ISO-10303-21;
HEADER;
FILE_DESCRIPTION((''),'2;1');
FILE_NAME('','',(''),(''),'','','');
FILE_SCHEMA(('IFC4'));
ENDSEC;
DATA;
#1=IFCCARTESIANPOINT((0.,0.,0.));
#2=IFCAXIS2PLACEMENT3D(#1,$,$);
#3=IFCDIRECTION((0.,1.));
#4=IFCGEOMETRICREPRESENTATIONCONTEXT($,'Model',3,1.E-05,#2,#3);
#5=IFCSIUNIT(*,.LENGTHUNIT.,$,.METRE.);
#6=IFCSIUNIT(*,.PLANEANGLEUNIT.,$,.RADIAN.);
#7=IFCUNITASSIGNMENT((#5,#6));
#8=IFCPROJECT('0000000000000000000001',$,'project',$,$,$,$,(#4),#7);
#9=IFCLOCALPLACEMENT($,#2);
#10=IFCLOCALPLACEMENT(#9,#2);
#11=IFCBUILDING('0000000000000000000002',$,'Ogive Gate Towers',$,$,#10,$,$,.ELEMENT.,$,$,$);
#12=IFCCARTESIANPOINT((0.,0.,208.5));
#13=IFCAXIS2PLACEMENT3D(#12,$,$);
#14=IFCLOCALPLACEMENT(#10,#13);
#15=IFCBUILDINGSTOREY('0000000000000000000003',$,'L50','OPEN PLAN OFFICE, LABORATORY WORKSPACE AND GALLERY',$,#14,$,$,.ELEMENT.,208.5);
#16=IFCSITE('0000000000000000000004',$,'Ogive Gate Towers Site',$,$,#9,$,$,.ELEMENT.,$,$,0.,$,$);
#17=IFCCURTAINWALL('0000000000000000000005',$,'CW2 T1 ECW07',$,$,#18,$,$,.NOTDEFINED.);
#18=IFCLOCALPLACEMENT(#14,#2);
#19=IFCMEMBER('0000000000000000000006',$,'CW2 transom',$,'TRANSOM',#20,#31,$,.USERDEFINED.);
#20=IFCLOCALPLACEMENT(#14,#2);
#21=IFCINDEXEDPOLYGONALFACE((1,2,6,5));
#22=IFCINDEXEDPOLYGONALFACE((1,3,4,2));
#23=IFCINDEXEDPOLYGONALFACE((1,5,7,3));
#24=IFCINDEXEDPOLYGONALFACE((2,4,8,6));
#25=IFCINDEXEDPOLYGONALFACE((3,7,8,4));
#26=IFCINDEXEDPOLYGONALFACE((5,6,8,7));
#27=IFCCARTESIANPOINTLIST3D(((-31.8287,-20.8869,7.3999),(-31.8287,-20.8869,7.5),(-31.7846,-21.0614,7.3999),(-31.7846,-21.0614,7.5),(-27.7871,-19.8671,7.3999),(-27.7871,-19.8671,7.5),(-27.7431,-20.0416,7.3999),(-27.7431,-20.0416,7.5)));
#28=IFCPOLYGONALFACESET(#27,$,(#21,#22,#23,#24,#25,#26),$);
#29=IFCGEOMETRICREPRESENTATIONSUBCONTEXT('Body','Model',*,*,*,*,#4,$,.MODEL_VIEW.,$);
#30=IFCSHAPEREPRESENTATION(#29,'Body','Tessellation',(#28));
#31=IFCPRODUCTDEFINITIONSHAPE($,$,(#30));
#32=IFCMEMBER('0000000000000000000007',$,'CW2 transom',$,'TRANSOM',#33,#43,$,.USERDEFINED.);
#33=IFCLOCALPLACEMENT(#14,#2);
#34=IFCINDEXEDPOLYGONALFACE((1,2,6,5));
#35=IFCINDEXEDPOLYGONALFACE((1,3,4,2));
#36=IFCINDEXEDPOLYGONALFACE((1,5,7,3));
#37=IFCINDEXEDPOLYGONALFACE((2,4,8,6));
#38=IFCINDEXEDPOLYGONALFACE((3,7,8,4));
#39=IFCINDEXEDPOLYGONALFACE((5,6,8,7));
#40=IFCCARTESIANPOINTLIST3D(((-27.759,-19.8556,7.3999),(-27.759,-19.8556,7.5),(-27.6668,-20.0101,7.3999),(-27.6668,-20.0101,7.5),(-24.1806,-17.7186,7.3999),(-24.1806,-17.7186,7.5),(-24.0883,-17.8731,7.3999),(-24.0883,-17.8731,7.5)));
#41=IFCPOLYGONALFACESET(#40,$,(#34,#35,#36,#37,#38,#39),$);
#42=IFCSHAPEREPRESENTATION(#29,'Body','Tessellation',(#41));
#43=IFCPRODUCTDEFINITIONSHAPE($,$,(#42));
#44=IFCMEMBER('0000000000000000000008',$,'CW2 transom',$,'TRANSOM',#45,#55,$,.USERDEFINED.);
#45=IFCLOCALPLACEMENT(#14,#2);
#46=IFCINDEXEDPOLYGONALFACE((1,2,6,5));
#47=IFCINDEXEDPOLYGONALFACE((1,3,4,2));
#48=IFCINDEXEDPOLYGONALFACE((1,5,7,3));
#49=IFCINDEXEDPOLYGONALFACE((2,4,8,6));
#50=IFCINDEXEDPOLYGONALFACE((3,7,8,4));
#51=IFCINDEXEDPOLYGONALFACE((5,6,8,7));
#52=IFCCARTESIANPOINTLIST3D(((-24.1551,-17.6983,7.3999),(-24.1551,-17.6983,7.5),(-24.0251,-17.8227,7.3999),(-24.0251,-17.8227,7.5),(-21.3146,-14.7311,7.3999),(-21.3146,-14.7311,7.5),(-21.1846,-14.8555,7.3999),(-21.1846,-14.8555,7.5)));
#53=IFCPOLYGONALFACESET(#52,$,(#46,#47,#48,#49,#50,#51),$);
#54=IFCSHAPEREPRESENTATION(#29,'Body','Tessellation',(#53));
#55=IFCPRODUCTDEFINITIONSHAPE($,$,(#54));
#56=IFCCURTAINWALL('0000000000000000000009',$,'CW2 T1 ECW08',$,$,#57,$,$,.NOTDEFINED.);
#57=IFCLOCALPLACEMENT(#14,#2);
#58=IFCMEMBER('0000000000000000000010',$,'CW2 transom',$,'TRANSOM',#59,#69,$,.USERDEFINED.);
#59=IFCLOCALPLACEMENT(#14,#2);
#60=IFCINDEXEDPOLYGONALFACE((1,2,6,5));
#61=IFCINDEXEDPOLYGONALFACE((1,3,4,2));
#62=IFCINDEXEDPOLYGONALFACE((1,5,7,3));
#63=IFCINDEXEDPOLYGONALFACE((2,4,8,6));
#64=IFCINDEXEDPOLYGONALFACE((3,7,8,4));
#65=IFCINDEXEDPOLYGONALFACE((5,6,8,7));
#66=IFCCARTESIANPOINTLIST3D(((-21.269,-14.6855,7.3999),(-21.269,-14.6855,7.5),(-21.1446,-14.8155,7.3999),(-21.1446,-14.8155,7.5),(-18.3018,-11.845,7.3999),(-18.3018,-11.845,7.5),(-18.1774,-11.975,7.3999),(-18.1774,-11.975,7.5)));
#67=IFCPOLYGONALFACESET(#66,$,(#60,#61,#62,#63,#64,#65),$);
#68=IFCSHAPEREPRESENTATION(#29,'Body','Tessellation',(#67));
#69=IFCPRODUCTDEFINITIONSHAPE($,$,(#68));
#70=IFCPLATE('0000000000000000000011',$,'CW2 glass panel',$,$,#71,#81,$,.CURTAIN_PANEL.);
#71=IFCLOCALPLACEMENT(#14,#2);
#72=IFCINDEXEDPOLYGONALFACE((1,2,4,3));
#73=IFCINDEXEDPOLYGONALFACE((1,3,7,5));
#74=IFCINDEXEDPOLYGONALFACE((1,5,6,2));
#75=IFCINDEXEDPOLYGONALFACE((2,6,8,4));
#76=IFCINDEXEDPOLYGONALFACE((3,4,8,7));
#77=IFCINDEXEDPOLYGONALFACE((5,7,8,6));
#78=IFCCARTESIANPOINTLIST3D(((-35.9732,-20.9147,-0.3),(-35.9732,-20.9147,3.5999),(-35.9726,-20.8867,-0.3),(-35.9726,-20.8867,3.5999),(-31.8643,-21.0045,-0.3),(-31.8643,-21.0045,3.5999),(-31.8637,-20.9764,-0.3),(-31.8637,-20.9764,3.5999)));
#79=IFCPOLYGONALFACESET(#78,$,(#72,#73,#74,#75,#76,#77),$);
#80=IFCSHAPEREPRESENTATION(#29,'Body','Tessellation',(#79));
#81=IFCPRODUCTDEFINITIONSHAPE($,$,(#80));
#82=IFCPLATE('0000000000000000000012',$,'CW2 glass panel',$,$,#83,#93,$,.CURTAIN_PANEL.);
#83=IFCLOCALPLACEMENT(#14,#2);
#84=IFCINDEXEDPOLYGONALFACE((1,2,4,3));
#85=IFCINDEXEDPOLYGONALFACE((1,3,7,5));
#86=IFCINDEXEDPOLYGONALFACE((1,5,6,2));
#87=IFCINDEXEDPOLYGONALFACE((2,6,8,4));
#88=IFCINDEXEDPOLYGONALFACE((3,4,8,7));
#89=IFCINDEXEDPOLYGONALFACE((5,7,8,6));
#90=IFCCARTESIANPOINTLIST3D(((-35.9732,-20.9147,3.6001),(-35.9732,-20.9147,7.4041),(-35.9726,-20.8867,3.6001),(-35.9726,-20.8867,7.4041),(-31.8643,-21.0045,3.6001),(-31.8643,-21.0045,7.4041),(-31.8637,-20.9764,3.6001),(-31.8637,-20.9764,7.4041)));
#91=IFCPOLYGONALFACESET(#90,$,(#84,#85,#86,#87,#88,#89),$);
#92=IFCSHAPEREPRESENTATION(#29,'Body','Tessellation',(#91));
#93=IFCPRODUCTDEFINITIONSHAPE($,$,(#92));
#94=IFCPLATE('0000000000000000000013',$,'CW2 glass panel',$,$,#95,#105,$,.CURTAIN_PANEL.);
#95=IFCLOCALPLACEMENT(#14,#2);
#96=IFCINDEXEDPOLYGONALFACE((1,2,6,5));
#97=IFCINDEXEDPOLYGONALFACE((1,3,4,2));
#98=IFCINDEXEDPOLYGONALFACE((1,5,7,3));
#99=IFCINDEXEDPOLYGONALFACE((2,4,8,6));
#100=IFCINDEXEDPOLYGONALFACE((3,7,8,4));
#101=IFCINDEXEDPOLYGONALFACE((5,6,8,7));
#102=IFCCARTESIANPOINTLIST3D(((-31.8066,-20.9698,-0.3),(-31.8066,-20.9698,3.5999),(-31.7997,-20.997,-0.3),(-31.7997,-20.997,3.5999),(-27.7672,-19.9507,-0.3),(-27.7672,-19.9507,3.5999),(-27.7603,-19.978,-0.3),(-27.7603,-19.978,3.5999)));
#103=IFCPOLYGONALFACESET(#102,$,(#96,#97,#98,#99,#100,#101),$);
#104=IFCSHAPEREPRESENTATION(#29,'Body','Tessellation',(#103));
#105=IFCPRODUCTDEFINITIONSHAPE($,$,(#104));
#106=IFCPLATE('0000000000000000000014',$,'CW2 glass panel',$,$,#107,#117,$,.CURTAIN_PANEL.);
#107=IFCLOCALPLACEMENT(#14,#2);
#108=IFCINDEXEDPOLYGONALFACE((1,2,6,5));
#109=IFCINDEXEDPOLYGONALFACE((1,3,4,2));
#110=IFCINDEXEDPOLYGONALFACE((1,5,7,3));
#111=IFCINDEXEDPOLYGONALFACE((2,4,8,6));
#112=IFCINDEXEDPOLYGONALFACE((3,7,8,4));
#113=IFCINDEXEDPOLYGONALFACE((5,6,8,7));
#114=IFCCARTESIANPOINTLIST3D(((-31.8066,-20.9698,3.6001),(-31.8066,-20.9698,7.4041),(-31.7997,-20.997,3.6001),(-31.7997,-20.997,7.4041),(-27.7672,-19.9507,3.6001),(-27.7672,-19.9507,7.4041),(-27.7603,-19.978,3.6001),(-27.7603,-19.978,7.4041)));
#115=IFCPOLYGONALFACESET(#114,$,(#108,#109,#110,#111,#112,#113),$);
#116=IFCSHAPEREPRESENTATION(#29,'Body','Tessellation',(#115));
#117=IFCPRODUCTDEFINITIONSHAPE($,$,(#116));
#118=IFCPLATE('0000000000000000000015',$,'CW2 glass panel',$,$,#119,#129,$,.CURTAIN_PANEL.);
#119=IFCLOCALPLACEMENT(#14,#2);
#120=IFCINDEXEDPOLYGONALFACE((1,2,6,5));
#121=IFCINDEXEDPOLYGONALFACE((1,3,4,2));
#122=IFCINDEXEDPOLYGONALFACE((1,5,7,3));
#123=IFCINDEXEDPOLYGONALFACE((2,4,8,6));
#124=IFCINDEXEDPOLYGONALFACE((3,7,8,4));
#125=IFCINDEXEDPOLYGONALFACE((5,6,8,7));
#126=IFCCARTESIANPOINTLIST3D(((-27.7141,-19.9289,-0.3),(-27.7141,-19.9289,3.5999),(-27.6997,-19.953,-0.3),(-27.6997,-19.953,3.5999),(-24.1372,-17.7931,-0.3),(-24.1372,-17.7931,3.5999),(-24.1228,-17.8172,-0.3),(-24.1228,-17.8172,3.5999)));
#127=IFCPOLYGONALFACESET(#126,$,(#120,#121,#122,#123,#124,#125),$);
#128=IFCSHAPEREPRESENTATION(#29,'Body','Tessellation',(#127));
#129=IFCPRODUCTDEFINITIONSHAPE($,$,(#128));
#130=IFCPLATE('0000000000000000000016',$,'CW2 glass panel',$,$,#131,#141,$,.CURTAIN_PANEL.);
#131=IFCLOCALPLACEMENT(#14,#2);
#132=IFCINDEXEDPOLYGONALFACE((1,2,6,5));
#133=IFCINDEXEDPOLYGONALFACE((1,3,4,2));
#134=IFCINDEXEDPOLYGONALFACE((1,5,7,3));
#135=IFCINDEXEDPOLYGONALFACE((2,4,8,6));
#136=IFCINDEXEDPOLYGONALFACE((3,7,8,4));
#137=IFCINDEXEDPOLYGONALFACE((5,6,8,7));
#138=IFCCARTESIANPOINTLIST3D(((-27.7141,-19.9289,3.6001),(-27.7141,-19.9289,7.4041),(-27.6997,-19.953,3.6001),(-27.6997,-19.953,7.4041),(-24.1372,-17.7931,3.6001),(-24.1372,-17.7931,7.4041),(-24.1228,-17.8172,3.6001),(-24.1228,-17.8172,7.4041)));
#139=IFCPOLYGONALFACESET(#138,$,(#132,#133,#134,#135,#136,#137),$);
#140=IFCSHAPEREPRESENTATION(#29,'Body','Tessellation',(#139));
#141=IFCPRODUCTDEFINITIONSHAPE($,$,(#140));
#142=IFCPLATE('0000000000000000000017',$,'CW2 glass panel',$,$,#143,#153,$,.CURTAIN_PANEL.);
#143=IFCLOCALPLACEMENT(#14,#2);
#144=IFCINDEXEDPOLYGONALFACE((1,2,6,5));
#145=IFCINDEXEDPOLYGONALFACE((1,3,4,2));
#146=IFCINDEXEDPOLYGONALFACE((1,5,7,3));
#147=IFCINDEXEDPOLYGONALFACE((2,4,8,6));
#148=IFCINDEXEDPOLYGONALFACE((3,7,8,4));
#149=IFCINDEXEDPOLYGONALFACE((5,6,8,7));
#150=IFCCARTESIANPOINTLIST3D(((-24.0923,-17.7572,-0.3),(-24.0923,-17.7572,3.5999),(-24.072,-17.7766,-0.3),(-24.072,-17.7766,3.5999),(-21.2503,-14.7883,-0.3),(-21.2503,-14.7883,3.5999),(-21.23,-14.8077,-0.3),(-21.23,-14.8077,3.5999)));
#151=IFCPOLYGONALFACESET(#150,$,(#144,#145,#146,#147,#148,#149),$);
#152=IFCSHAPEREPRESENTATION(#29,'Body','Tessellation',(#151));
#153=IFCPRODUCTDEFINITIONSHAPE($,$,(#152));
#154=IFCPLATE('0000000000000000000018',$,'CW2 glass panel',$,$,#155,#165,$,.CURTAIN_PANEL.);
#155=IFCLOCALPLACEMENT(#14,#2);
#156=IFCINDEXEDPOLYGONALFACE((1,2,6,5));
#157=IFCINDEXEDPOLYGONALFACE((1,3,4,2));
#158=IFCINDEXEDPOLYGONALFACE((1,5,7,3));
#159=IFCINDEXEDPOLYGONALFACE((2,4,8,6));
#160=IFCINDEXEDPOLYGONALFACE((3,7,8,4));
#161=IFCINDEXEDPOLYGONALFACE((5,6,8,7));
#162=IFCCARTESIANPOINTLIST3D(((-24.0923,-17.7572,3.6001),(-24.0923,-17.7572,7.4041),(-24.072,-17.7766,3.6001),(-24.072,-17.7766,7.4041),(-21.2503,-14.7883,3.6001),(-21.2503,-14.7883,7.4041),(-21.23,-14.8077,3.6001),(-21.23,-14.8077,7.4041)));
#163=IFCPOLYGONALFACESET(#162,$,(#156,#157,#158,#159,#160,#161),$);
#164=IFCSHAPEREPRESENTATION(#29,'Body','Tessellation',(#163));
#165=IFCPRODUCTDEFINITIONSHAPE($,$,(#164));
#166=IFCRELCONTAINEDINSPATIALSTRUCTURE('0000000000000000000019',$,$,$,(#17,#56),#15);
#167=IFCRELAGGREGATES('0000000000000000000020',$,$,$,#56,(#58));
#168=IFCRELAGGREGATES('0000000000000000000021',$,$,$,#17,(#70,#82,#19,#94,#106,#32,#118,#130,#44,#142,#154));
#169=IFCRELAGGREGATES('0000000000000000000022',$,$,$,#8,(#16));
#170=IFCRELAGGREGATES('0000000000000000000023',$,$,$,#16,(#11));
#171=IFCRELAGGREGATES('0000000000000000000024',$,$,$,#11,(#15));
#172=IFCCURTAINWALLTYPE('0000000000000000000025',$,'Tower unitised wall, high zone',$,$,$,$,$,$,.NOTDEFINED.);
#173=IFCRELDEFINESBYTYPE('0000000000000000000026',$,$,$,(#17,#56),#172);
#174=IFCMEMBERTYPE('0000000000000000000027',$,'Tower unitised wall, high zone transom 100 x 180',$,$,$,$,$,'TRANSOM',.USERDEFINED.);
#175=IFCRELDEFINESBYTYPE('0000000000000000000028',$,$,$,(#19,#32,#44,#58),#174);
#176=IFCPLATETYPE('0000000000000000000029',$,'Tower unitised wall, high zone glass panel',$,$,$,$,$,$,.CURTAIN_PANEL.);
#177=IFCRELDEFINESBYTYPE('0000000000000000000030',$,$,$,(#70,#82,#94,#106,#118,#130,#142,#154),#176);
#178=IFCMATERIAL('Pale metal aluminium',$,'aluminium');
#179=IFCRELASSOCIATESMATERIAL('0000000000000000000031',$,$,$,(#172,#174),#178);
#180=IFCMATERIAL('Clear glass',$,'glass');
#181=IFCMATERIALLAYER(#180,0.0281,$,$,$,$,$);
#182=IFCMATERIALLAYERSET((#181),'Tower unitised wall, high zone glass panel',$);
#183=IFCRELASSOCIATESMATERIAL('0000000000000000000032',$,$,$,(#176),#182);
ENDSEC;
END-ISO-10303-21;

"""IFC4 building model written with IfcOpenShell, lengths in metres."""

from ifc_helpers import new_model, si_unit, direction, frame, origin, origin_2d, place, context, subcontext, project, spatial, rectangle, extrude, material, layer, layer_set, material_profile, profile_set, type_object, element, aggregate, save


model = new_model("IFC4")

# Units and contexts
model_context = context("Model", 3, precision=1e-05, world=origin(), true_north=direction((0.0, 1.0)))
body_context = subcontext(model_context, "Body", "Model", "MODEL_VIEW")
ifc_project = project(units=[si_unit("LENGTHUNIT", "METRE"), si_unit("PLANEANGLEUNIT", "RADIAN")], contexts=[model_context])

# Site, building, storey
site_placement = place(None, origin())
site = spatial("IfcSite", under=ifc_project, at=site_placement, Name="Ogive Gate Towers Site", CompositionType="ELEMENT", RefElevation=0.0)
building_placement = place(site_placement, origin())
building = spatial("IfcBuilding", under=site, at=building_placement, Name="Ogive Gate Towers", CompositionType="ELEMENT")
storey_placement = place(building_placement, frame((0.0, 0.0, 208.5)))
storey = spatial("IfcBuildingStorey", under=building, at=storey_placement, Name="L50", Description="OPEN PLAN OFFICE, LABORATORY WORKSPACE AND GALLERY", CompositionType="ELEMENT", Elevation=208.5)

# Curtain wall, members
ifc_material_1 = material(Name="Pale metal aluminium", Category="aluminium")
curtain_wall_type = type_object("IfcCurtainWallType", Name="Tower unitised wall, high zone", PredefinedType="NOTDEFINED", material=ifc_material_1)
curtain_wall_1_placement = place(storey_placement, origin())
curtain_wall_1 = element("IfcCurtainWall", 1, at=curtain_wall_1_placement, inside=storey, type_object=curtain_wall_type, Name="CW2 T1 ECW07", PredefinedType="NOTDEFINED")
ifc_material_profile_1 = material_profile(ifc_material_1, rectangle(XDim=0.1799, YDim=0.1001, at=origin_2d()), Name="100 x 180 aluminium box")
ifc_profile_set_1 = profile_set([ifc_material_profile_1], Name="Pale metal aluminium")
member_type_1 = type_object("IfcMemberType", Name="Tower unitised wall, high zone transom 100 x 180", ElementType="TRANSOM", PredefinedType="USERDEFINED", material=ifc_profile_set_1)
member_1_placement = place(storey_placement, frame((-31.8066, -20.9741, 7.45), z_axis=(0.96961, 0.244657, 0.0), x_axis=(-0.244657, 0.96961, 0.0)))
member_1 = element("IfcMember", 2, at=member_1_placement, type_object=member_type_1, Name="CW2 transom", ObjectType="TRANSOM", PredefinedType="USERDEFINED", context=body_context, shape_type="SweptSolid", body=[
    extrude(rectangle(XDim=0.1799, YDim=0.1001, at=origin_2d()), origin(), (0.0, 0.0, 1.0), 4.1682),
])
member_2_placement = place(storey_placement, frame((-27.7129, -19.9329, 7.45), z_axis=(0.858556, 0.51272, 0.0), x_axis=(-0.51272, 0.858556, 0.0)))
member_2 = element("IfcMember", 3, at=member_2_placement, type_object=member_type_1, Name="CW2 transom", ObjectType="TRANSOM", PredefinedType="USERDEFINED", context=body_context, shape_type="SweptSolid", body=[
    extrude(rectangle(XDim=0.1799, YDim=0.1001, at=origin_2d()), origin(), (0.0, 0.0, 1.0), 4.168),
])
member_3_placement = place(storey_placement, frame((-24.0901, -17.7605, 7.45), z_axis=(0.691515, 0.722362, 0.0), x_axis=(-0.722362, 0.691515, 0.0)))
member_3 = element("IfcMember", 4, at=member_3_placement, type_object=member_type_1, Name="CW2 transom", ObjectType="TRANSOM", PredefinedType="USERDEFINED", context=body_context, shape_type="SweptSolid", body=[
    extrude(rectangle(XDim=0.1799, YDim=0.1001, at=origin_2d()), origin(), (0.0, 0.0, 1.0), 4.1077),
])

# Curtain wall, member
curtain_wall_2_placement = place(storey_placement, origin())
curtain_wall_2 = element("IfcCurtainWall", 5, at=curtain_wall_2_placement, inside=storey, type_object=curtain_wall_type, Name="CW2 T1 ECW08", PredefinedType="NOTDEFINED")
member_4_placement = place(storey_placement, frame((-21.2068, -14.7505, 7.45), z_axis=(0.722362, 0.691515, 0.0), x_axis=(-0.691515, 0.722362, 0.0)))
member_4 = element("IfcMember", 6, at=member_4_placement, type_object=member_type_1, Name="CW2 transom", ObjectType="TRANSOM", PredefinedType="USERDEFINED", context=body_context, shape_type="SweptSolid", body=[
    extrude(rectangle(XDim=0.1799, YDim=0.1001, at=origin_2d()), origin(), (0.0, 0.0, 1.0), 4.1077),
])
aggregate(curtain_wall_2, [member_4])

# Plates
ifc_material_2 = material(Name="Clear glass", Category="glass")
ifc_layer_1 = layer(ifc_material_2, 0.0281)
ifc_layer_set_1 = layer_set([ifc_layer_1], Name="Tower unitised wall, high zone glass panel")
plate_type = type_object("IfcPlateType", Name="Tower unitised wall, high zone glass panel", PredefinedType="CURTAIN_PANEL", material=ifc_layer_set_1)
plate_1_placement = place(storey_placement, frame((-33.9185, -20.9456, -0.3), z_axis=(0.0, 0.0, 1.0), x_axis=(0.999762, -0.021832, 0.0)))
plate_1 = element("IfcPlate", 7, at=plate_1_placement, type_object=plate_type, Name="CW2 glass panel", PredefinedType="CURTAIN_PANEL", context=body_context, shape_type="SweptSolid", body=[
    extrude(rectangle(XDim=4.1099, YDim=0.0281, at=origin_2d()), origin(), (0.0, 0.0, 1.0), 3.8999),
])
plate_2_placement = place(storey_placement, frame((-33.9185, -20.9456, 3.6001), z_axis=(0.0, 0.0, 1.0), x_axis=(0.999762, -0.021832, 0.0)))
plate_2 = element("IfcPlate", 8, at=plate_2_placement, type_object=plate_type, Name="CW2 glass panel", PredefinedType="CURTAIN_PANEL", context=body_context, shape_type="SweptSolid", body=[
    extrude(rectangle(XDim=4.1099, YDim=0.0281, at=origin_2d()), origin(), (0.0, 0.0, 1.0), 3.804),
])
plate_3_placement = place(storey_placement, frame((-29.7834, -20.4739, -0.3), z_axis=(0.0, 0.0, 1.0), x_axis=(0.969621, 0.244614, 0.0)))
plate_3 = element("IfcPlate", 9, at=plate_3_placement, type_object=plate_type, Name="CW2 glass panel", PredefinedType="CURTAIN_PANEL", context=body_context, shape_type="SweptSolid", body=[
    extrude(rectangle(XDim=4.166, YDim=0.0281, at=origin_2d()), origin(), (0.0, 0.0, 1.0), 3.8999),
])
plate_4_placement = place(storey_placement, frame((-29.7834, -20.4739, 3.6001), z_axis=(0.0, 0.0, 1.0), x_axis=(0.969621, 0.244614, 0.0)))
plate_4 = element("IfcPlate", 10, at=plate_4_placement, type_object=plate_type, Name="CW2 glass panel", PredefinedType="CURTAIN_PANEL", context=body_context, shape_type="SweptSolid", body=[
    extrude(rectangle(XDim=4.166, YDim=0.0281, at=origin_2d()), origin(), (0.0, 0.0, 1.0), 3.804),
])
plate_5_placement = place(storey_placement, frame((-25.9185, -18.873, -0.3), z_axis=(0.0, 0.0, 1.0), x_axis=(0.858584, 0.512672, 0.0)))
plate_5 = element("IfcPlate", 11, at=plate_5_placement, type_object=plate_type, Name="CW2 glass panel", PredefinedType="CURTAIN_PANEL", context=body_context, shape_type="SweptSolid", body=[
    extrude(rectangle(XDim=4.166, YDim=0.0281, at=origin_2d()), origin(), (0.0, 0.0, 1.0), 3.8999),
])
plate_6_placement = place(storey_placement, frame((-25.9185, -18.873, 3.6001), z_axis=(0.0, 0.0, 1.0), x_axis=(0.858584, 0.512672, 0.0)))
plate_6 = element("IfcPlate", 12, at=plate_6_placement, type_object=plate_type, Name="CW2 glass panel", PredefinedType="CURTAIN_PANEL", context=body_context, shape_type="SweptSolid", body=[
    extrude(rectangle(XDim=4.166, YDim=0.0281, at=origin_2d()), origin(), (0.0, 0.0, 1.0), 3.804),
])
plate_7_placement = place(storey_placement, frame((-22.6611, -16.2825, -0.3), z_axis=(0.0, 0.0, 1.0), x_axis=(0.6915, 0.722376, 0.0)))
plate_7 = element("IfcPlate", 13, at=plate_7_placement, type_object=plate_type, Name="CW2 glass panel", PredefinedType="CURTAIN_PANEL", context=body_context, shape_type="SweptSolid", body=[
    extrude(rectangle(XDim=4.1099, YDim=0.0281, at=origin_2d()), origin(), (0.0, 0.0, 1.0), 3.8999),
])
plate_8_placement = place(storey_placement, frame((-22.6611, -16.2825, 3.6001), z_axis=(0.0, 0.0, 1.0), x_axis=(0.6915, 0.722376, 0.0)))
plate_8 = element("IfcPlate", 14, at=plate_8_placement, type_object=plate_type, Name="CW2 glass panel", PredefinedType="CURTAIN_PANEL", context=body_context, shape_type="SweptSolid", body=[
    extrude(rectangle(XDim=4.1099, YDim=0.0281, at=origin_2d()), origin(), (0.0, 0.0, 1.0), 3.804),
])
aggregate(curtain_wall_1, [plate_1, plate_2, member_1, plate_3, plate_4, member_2, plate_5, plate_6, member_3, plate_7, plate_8])

save(model, "model.ifc")
